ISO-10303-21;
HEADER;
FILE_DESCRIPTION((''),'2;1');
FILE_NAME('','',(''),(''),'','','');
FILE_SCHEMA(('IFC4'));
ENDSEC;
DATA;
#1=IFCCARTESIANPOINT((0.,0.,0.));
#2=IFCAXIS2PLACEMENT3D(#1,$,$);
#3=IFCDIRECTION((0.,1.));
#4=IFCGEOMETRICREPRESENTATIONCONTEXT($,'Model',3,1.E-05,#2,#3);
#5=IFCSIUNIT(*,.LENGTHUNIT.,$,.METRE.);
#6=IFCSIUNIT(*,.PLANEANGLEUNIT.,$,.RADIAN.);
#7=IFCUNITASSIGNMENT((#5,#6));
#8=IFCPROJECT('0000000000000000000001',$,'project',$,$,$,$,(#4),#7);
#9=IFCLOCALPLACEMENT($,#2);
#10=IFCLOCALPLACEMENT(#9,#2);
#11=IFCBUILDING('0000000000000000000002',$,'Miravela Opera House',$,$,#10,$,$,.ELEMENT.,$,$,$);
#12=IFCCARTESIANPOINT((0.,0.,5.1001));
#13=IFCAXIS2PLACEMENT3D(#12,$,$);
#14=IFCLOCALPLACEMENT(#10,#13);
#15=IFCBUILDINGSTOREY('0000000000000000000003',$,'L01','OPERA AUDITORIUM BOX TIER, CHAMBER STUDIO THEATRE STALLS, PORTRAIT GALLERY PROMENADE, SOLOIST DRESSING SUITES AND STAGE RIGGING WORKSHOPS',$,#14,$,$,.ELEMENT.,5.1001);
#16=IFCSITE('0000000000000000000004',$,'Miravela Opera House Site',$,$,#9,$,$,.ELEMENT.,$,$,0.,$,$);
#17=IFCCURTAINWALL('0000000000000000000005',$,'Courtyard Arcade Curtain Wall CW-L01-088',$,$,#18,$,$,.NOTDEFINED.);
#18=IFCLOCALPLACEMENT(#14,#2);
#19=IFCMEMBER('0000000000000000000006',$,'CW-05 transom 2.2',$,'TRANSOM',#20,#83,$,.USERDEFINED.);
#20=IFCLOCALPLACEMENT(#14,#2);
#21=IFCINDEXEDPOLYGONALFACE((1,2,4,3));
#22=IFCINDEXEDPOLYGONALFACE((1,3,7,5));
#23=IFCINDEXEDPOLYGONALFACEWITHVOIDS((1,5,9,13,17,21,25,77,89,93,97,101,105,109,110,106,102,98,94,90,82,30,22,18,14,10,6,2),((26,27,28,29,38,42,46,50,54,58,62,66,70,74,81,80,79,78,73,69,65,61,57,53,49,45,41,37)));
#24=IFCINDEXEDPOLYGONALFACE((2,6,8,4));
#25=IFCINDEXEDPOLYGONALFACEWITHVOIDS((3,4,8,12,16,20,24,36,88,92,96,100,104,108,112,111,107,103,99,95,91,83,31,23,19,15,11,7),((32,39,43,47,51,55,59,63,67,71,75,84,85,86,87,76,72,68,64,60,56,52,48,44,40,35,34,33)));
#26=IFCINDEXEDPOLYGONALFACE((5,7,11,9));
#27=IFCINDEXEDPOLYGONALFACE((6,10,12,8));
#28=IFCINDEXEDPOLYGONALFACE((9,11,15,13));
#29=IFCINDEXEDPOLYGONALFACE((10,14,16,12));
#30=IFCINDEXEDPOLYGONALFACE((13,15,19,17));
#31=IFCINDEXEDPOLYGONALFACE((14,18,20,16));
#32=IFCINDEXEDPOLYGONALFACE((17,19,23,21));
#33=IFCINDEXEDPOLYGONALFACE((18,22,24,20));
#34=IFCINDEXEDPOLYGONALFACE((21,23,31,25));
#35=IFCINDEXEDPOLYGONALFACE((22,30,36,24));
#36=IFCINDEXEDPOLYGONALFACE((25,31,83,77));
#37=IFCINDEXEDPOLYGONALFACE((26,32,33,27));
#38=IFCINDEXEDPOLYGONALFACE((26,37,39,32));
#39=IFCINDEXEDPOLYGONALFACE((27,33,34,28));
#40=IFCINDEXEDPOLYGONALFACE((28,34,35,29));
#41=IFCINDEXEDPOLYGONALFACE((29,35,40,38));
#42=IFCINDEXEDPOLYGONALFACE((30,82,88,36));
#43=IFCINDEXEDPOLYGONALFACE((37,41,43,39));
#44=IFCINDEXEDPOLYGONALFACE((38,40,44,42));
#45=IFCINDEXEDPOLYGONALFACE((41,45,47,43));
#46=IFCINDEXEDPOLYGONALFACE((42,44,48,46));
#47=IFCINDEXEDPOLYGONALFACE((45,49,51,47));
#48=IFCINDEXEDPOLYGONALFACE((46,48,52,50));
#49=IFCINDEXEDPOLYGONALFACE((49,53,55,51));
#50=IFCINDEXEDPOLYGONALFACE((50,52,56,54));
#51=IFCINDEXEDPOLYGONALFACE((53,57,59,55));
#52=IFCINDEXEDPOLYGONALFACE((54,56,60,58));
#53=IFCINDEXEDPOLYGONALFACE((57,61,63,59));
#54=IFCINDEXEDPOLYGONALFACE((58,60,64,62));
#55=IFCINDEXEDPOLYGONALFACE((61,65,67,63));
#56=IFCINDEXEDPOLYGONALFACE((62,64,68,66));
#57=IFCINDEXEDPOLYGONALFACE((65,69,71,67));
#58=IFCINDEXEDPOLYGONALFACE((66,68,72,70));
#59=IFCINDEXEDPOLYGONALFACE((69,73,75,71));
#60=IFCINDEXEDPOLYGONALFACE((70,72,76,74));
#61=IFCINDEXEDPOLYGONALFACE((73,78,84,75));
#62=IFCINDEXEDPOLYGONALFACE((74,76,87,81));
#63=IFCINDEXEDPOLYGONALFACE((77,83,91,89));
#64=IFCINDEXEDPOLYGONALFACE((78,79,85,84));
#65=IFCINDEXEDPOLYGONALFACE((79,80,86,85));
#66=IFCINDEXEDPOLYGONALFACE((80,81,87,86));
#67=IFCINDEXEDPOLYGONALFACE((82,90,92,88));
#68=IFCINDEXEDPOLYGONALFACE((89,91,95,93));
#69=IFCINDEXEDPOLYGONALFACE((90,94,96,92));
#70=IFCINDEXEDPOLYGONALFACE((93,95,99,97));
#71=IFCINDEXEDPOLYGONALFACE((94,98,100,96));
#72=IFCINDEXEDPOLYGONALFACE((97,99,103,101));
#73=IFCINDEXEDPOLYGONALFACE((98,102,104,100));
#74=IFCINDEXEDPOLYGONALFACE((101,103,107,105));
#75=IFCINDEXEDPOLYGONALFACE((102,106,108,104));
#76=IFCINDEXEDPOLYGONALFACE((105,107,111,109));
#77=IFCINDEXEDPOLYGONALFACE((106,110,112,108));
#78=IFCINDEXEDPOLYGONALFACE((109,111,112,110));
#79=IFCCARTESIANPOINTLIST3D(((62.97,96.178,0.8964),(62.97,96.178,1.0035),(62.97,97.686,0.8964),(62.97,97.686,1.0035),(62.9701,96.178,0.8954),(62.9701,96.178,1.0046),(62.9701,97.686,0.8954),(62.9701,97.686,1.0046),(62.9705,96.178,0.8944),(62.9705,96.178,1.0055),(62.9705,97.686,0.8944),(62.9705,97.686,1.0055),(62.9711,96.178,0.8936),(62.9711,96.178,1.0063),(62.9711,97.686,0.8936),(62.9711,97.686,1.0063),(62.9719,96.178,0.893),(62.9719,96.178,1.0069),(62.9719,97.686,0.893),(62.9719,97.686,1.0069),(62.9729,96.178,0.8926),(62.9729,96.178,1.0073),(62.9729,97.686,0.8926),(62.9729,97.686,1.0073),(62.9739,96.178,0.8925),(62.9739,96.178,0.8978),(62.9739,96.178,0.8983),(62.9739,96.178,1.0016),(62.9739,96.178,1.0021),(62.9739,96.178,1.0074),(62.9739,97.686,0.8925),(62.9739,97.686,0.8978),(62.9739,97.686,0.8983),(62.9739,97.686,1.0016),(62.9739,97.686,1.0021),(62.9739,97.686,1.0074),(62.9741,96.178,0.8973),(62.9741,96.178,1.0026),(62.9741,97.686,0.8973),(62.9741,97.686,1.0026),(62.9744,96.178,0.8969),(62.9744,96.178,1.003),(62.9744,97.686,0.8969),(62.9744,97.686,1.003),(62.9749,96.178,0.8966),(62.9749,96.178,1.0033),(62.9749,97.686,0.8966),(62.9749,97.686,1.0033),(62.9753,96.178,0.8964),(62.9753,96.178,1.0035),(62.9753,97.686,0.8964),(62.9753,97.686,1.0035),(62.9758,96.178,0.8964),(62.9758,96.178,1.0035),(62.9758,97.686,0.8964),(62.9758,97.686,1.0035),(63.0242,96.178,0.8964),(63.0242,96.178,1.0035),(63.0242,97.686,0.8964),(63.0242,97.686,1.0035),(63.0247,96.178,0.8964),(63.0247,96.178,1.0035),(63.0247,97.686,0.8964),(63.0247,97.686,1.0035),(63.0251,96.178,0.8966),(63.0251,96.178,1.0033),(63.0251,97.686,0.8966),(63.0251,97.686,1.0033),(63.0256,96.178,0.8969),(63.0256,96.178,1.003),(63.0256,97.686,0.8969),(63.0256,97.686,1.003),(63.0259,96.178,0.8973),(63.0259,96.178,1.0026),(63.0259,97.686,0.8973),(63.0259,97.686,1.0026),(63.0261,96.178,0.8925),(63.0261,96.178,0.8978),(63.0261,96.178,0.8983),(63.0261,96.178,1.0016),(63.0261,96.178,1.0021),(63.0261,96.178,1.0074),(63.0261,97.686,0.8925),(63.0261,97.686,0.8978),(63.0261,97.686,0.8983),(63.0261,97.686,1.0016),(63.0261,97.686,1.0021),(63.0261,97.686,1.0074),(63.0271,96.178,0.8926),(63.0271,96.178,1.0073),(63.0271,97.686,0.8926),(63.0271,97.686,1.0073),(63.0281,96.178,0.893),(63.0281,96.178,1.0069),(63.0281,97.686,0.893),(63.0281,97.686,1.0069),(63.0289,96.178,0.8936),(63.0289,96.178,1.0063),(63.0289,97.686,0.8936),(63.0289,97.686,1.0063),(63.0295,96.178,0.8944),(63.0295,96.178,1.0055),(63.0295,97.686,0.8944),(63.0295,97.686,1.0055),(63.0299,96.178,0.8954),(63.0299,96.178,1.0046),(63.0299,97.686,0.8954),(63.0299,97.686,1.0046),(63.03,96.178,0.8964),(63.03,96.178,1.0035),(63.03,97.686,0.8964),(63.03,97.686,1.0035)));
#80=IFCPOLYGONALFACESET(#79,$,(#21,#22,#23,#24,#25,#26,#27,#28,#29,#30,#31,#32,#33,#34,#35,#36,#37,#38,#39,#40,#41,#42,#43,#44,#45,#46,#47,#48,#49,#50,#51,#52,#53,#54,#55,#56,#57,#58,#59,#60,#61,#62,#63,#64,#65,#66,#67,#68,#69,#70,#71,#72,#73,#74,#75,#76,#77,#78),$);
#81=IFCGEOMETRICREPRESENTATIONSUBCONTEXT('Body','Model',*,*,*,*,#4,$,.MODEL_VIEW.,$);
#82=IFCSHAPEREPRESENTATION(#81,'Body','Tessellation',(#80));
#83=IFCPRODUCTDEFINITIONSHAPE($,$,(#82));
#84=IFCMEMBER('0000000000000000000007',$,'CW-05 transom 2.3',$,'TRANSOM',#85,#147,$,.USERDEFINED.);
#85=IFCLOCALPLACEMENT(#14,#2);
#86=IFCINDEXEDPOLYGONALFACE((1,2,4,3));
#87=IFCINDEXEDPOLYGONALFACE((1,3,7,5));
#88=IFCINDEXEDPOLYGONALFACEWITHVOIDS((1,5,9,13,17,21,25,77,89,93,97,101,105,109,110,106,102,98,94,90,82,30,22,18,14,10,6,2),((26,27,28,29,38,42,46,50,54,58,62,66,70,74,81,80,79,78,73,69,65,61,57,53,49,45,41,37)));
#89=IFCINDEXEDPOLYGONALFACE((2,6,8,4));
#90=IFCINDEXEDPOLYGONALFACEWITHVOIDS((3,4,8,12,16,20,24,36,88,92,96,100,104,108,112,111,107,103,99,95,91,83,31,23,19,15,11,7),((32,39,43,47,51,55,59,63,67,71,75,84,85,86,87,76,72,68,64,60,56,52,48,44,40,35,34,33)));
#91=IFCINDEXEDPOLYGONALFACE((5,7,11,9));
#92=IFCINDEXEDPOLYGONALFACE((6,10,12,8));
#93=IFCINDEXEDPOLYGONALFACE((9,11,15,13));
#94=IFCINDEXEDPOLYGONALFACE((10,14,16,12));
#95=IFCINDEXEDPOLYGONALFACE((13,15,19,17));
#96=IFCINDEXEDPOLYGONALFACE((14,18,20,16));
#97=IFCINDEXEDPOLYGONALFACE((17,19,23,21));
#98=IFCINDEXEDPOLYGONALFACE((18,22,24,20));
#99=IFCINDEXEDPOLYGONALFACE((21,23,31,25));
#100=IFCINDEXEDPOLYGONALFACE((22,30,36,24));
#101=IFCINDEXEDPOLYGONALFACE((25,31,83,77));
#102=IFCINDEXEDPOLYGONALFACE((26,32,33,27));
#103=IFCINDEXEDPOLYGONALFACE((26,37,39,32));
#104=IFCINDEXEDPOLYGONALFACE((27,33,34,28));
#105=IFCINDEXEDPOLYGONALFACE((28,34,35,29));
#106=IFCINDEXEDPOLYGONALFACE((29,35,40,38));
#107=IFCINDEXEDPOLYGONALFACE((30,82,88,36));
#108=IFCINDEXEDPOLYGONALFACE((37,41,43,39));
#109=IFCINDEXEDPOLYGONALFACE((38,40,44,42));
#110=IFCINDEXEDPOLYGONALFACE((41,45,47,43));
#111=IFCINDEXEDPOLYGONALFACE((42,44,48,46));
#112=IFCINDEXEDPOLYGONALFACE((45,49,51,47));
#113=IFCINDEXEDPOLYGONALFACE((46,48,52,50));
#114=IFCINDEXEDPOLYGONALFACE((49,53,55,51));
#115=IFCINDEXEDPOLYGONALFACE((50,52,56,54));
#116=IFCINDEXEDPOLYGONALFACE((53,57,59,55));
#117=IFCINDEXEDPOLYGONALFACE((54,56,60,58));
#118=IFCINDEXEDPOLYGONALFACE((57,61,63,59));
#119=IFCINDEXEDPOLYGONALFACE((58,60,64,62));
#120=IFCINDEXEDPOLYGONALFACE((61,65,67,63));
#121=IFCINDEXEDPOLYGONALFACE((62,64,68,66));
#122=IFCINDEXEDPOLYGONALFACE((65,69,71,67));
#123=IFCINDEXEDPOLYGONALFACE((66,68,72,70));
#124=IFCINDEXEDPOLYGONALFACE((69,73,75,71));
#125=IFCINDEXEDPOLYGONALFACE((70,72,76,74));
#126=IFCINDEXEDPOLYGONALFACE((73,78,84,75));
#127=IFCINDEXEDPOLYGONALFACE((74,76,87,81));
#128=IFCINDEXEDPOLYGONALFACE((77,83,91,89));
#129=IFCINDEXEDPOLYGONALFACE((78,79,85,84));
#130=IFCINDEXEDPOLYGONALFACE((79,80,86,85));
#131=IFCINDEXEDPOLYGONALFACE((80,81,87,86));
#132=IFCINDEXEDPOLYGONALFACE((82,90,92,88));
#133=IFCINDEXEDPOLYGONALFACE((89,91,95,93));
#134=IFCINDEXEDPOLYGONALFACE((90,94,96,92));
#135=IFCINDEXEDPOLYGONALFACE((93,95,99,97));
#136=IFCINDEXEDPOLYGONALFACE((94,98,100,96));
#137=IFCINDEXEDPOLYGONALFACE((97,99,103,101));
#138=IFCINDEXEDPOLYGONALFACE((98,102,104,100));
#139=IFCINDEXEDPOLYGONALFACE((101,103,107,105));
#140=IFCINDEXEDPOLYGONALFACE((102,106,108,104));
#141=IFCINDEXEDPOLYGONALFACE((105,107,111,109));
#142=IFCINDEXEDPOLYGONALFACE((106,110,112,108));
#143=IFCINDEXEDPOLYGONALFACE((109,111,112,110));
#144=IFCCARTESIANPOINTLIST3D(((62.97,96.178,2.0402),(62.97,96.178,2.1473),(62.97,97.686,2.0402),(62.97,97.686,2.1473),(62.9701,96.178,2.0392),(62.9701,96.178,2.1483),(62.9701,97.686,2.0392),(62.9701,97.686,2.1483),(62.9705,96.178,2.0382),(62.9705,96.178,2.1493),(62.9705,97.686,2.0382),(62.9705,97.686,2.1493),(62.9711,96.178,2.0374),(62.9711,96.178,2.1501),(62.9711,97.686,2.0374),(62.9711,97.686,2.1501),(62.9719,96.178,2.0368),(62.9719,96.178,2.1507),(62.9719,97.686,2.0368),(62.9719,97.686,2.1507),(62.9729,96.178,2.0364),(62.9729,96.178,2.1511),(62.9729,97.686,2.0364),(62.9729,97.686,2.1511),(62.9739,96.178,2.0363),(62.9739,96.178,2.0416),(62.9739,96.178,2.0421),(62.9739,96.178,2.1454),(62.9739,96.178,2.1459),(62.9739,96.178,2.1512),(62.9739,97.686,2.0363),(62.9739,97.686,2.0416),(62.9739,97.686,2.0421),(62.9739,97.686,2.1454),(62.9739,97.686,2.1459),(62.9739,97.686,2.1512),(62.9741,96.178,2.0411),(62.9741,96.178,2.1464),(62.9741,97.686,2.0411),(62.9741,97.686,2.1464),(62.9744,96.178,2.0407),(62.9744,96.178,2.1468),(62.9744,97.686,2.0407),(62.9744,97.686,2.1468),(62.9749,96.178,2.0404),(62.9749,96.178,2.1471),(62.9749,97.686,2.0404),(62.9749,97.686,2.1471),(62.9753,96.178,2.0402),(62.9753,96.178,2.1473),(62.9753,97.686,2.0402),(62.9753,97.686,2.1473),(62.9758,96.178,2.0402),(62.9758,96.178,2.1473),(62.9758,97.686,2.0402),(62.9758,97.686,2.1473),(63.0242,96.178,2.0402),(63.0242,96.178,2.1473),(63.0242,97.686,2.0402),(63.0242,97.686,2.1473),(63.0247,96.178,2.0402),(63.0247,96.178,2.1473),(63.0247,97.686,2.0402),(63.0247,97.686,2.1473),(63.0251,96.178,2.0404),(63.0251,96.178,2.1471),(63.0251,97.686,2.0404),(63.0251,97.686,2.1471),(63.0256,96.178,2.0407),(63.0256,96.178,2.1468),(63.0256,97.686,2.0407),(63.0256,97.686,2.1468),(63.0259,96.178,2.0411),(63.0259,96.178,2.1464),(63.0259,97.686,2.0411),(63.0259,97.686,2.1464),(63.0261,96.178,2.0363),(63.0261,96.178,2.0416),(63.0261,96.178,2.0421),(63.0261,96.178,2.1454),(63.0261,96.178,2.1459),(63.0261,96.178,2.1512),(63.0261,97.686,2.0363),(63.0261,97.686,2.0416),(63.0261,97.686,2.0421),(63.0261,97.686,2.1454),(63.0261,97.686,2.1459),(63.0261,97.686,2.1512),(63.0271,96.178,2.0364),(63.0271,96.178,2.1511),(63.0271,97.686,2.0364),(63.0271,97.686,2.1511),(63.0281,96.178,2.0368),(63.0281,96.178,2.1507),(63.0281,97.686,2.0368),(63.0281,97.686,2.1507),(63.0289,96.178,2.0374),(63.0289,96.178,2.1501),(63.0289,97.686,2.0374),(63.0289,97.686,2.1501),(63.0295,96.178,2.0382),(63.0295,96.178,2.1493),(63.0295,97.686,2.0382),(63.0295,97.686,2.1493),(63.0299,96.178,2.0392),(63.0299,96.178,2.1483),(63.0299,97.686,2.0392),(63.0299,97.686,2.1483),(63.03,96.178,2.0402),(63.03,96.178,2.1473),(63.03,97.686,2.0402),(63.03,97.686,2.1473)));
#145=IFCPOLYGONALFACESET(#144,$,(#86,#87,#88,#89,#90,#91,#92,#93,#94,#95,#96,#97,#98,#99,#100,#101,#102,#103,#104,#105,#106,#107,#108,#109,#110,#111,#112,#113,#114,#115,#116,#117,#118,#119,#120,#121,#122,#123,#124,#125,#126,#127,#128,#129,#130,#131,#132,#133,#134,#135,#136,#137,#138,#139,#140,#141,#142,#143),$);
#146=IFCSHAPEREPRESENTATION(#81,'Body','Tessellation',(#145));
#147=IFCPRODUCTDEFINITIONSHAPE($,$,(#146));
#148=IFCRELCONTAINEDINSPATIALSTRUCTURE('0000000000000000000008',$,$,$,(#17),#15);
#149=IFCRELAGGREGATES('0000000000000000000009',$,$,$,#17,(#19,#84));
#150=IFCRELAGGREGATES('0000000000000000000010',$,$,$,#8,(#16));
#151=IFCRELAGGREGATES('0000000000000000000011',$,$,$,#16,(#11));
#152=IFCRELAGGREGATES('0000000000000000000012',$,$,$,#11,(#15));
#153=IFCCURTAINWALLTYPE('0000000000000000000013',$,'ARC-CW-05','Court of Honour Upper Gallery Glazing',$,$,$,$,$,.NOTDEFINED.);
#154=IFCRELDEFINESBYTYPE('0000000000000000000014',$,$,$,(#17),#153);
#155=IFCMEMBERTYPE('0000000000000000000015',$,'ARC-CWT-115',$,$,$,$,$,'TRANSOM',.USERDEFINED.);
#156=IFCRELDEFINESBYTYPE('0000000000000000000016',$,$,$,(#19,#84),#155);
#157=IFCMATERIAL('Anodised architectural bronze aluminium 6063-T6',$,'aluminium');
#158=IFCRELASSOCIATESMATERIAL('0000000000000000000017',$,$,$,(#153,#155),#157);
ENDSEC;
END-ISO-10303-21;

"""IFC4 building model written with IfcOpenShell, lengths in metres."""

from ifc_helpers import new_model, si_unit, direction, frame, origin, origin_2d, place, context, subcontext, project, spatial, hollow_rectangle, extrude, material, material_profile, profile_set, type_object, element, aggregate, save


model = new_model("IFC4")

# Units and contexts
model_context = context("Model", 3, precision=1e-05, world=origin(), true_north=direction((0.0, 1.0)))
body_context = subcontext(model_context, "Body", "Model", "MODEL_VIEW")
ifc_project = project(units=[si_unit("LENGTHUNIT", "METRE"), si_unit("PLANEANGLEUNIT", "RADIAN")], contexts=[model_context])

# Site, building, storey
site_placement = place(None, origin())
site = spatial("IfcSite", under=ifc_project, at=site_placement, Name="Miravela Opera House Site", CompositionType="ELEMENT", RefElevation=0.0)
building_placement = place(site_placement, origin())
building = spatial("IfcBuilding", under=site, at=building_placement, Name="Miravela Opera House", CompositionType="ELEMENT")
storey_placement = place(building_placement, frame((0.0, 0.0, 5.1001)))
storey = spatial("IfcBuildingStorey", under=building, at=storey_placement, Name="L01", Description="OPERA AUDITORIUM BOX TIER, CHAMBER STUDIO THEATRE STALLS, PORTRAIT GALLERY PROMENADE, SOLOIST DRESSING SUITES AND STAGE RIGGING WORKSHOPS", CompositionType="ELEMENT", Elevation=5.1001)

# Curtain wall, members
ifc_material_1 = material(Name="Anodised architectural bronze aluminium 6063-T6", Category="aluminium")
curtain_wall_type = type_object("IfcCurtainWallType", Name="ARC-CW-05", Description="Court of Honour Upper Gallery Glazing", PredefinedType="NOTDEFINED", material=ifc_material_1)
curtain_wall_1_placement = place(storey_placement, origin())
curtain_wall_1 = element("IfcCurtainWall", 1, at=curtain_wall_1_placement, inside=storey, type_object=curtain_wall_type, Name="Courtyard Arcade Curtain Wall CW-L01-088", PredefinedType="NOTDEFINED")
ifc_material_profile_1 = material_profile(ifc_material_1, hollow_rectangle(XDim=0.0601, YDim=0.115, WallThickness=0.0039, InnerFilletRadius=0.002, OuterFilletRadius=0.0039, at=origin_2d()), Name="CWT-60X115")
ifc_profile_set_1 = profile_set([ifc_material_profile_1])
member_type_1 = type_object("IfcMemberType", Name="ARC-CWT-115", ElementType="TRANSOM", PredefinedType="USERDEFINED", material=ifc_profile_set_1)
member_1_placement = place(storey_placement, frame((63.0, 96.178, 0.95), z_axis=(0.0, 1.0, 0.0), x_axis=(-1.0, 0.0, 0.0)))
member_1 = element("IfcMember", 2, at=member_1_placement, type_object=member_type_1, Name="CW-05 transom 2.2", ObjectType="TRANSOM", PredefinedType="USERDEFINED", context=body_context, shape_type="SweptSolid", body=[
    extrude(hollow_rectangle(XDim=0.0601, YDim=0.115, WallThickness=0.0039, InnerFilletRadius=0.002, OuterFilletRadius=0.0039, at=origin_2d()), origin(), (0.0, 0.0, 1.0), 1.5081),
])
member_2_placement = place(storey_placement, frame((63.0, 96.178, 2.0938), z_axis=(0.0, 1.0, 0.0), x_axis=(-1.0, 0.0, 0.0)))
member_2 = element("IfcMember", 3, at=member_2_placement, type_object=member_type_1, Name="CW-05 transom 2.3", ObjectType="TRANSOM", PredefinedType="USERDEFINED", context=body_context, shape_type="SweptSolid", body=[
    extrude(hollow_rectangle(XDim=0.0601, YDim=0.115, WallThickness=0.0039, InnerFilletRadius=0.002, OuterFilletRadius=0.0039, at=origin_2d()), origin(), (0.0, 0.0, 1.0), 1.5081),
])

aggregate(curtain_wall_1, [member_1, member_2])

save(model, "model.ifc")
